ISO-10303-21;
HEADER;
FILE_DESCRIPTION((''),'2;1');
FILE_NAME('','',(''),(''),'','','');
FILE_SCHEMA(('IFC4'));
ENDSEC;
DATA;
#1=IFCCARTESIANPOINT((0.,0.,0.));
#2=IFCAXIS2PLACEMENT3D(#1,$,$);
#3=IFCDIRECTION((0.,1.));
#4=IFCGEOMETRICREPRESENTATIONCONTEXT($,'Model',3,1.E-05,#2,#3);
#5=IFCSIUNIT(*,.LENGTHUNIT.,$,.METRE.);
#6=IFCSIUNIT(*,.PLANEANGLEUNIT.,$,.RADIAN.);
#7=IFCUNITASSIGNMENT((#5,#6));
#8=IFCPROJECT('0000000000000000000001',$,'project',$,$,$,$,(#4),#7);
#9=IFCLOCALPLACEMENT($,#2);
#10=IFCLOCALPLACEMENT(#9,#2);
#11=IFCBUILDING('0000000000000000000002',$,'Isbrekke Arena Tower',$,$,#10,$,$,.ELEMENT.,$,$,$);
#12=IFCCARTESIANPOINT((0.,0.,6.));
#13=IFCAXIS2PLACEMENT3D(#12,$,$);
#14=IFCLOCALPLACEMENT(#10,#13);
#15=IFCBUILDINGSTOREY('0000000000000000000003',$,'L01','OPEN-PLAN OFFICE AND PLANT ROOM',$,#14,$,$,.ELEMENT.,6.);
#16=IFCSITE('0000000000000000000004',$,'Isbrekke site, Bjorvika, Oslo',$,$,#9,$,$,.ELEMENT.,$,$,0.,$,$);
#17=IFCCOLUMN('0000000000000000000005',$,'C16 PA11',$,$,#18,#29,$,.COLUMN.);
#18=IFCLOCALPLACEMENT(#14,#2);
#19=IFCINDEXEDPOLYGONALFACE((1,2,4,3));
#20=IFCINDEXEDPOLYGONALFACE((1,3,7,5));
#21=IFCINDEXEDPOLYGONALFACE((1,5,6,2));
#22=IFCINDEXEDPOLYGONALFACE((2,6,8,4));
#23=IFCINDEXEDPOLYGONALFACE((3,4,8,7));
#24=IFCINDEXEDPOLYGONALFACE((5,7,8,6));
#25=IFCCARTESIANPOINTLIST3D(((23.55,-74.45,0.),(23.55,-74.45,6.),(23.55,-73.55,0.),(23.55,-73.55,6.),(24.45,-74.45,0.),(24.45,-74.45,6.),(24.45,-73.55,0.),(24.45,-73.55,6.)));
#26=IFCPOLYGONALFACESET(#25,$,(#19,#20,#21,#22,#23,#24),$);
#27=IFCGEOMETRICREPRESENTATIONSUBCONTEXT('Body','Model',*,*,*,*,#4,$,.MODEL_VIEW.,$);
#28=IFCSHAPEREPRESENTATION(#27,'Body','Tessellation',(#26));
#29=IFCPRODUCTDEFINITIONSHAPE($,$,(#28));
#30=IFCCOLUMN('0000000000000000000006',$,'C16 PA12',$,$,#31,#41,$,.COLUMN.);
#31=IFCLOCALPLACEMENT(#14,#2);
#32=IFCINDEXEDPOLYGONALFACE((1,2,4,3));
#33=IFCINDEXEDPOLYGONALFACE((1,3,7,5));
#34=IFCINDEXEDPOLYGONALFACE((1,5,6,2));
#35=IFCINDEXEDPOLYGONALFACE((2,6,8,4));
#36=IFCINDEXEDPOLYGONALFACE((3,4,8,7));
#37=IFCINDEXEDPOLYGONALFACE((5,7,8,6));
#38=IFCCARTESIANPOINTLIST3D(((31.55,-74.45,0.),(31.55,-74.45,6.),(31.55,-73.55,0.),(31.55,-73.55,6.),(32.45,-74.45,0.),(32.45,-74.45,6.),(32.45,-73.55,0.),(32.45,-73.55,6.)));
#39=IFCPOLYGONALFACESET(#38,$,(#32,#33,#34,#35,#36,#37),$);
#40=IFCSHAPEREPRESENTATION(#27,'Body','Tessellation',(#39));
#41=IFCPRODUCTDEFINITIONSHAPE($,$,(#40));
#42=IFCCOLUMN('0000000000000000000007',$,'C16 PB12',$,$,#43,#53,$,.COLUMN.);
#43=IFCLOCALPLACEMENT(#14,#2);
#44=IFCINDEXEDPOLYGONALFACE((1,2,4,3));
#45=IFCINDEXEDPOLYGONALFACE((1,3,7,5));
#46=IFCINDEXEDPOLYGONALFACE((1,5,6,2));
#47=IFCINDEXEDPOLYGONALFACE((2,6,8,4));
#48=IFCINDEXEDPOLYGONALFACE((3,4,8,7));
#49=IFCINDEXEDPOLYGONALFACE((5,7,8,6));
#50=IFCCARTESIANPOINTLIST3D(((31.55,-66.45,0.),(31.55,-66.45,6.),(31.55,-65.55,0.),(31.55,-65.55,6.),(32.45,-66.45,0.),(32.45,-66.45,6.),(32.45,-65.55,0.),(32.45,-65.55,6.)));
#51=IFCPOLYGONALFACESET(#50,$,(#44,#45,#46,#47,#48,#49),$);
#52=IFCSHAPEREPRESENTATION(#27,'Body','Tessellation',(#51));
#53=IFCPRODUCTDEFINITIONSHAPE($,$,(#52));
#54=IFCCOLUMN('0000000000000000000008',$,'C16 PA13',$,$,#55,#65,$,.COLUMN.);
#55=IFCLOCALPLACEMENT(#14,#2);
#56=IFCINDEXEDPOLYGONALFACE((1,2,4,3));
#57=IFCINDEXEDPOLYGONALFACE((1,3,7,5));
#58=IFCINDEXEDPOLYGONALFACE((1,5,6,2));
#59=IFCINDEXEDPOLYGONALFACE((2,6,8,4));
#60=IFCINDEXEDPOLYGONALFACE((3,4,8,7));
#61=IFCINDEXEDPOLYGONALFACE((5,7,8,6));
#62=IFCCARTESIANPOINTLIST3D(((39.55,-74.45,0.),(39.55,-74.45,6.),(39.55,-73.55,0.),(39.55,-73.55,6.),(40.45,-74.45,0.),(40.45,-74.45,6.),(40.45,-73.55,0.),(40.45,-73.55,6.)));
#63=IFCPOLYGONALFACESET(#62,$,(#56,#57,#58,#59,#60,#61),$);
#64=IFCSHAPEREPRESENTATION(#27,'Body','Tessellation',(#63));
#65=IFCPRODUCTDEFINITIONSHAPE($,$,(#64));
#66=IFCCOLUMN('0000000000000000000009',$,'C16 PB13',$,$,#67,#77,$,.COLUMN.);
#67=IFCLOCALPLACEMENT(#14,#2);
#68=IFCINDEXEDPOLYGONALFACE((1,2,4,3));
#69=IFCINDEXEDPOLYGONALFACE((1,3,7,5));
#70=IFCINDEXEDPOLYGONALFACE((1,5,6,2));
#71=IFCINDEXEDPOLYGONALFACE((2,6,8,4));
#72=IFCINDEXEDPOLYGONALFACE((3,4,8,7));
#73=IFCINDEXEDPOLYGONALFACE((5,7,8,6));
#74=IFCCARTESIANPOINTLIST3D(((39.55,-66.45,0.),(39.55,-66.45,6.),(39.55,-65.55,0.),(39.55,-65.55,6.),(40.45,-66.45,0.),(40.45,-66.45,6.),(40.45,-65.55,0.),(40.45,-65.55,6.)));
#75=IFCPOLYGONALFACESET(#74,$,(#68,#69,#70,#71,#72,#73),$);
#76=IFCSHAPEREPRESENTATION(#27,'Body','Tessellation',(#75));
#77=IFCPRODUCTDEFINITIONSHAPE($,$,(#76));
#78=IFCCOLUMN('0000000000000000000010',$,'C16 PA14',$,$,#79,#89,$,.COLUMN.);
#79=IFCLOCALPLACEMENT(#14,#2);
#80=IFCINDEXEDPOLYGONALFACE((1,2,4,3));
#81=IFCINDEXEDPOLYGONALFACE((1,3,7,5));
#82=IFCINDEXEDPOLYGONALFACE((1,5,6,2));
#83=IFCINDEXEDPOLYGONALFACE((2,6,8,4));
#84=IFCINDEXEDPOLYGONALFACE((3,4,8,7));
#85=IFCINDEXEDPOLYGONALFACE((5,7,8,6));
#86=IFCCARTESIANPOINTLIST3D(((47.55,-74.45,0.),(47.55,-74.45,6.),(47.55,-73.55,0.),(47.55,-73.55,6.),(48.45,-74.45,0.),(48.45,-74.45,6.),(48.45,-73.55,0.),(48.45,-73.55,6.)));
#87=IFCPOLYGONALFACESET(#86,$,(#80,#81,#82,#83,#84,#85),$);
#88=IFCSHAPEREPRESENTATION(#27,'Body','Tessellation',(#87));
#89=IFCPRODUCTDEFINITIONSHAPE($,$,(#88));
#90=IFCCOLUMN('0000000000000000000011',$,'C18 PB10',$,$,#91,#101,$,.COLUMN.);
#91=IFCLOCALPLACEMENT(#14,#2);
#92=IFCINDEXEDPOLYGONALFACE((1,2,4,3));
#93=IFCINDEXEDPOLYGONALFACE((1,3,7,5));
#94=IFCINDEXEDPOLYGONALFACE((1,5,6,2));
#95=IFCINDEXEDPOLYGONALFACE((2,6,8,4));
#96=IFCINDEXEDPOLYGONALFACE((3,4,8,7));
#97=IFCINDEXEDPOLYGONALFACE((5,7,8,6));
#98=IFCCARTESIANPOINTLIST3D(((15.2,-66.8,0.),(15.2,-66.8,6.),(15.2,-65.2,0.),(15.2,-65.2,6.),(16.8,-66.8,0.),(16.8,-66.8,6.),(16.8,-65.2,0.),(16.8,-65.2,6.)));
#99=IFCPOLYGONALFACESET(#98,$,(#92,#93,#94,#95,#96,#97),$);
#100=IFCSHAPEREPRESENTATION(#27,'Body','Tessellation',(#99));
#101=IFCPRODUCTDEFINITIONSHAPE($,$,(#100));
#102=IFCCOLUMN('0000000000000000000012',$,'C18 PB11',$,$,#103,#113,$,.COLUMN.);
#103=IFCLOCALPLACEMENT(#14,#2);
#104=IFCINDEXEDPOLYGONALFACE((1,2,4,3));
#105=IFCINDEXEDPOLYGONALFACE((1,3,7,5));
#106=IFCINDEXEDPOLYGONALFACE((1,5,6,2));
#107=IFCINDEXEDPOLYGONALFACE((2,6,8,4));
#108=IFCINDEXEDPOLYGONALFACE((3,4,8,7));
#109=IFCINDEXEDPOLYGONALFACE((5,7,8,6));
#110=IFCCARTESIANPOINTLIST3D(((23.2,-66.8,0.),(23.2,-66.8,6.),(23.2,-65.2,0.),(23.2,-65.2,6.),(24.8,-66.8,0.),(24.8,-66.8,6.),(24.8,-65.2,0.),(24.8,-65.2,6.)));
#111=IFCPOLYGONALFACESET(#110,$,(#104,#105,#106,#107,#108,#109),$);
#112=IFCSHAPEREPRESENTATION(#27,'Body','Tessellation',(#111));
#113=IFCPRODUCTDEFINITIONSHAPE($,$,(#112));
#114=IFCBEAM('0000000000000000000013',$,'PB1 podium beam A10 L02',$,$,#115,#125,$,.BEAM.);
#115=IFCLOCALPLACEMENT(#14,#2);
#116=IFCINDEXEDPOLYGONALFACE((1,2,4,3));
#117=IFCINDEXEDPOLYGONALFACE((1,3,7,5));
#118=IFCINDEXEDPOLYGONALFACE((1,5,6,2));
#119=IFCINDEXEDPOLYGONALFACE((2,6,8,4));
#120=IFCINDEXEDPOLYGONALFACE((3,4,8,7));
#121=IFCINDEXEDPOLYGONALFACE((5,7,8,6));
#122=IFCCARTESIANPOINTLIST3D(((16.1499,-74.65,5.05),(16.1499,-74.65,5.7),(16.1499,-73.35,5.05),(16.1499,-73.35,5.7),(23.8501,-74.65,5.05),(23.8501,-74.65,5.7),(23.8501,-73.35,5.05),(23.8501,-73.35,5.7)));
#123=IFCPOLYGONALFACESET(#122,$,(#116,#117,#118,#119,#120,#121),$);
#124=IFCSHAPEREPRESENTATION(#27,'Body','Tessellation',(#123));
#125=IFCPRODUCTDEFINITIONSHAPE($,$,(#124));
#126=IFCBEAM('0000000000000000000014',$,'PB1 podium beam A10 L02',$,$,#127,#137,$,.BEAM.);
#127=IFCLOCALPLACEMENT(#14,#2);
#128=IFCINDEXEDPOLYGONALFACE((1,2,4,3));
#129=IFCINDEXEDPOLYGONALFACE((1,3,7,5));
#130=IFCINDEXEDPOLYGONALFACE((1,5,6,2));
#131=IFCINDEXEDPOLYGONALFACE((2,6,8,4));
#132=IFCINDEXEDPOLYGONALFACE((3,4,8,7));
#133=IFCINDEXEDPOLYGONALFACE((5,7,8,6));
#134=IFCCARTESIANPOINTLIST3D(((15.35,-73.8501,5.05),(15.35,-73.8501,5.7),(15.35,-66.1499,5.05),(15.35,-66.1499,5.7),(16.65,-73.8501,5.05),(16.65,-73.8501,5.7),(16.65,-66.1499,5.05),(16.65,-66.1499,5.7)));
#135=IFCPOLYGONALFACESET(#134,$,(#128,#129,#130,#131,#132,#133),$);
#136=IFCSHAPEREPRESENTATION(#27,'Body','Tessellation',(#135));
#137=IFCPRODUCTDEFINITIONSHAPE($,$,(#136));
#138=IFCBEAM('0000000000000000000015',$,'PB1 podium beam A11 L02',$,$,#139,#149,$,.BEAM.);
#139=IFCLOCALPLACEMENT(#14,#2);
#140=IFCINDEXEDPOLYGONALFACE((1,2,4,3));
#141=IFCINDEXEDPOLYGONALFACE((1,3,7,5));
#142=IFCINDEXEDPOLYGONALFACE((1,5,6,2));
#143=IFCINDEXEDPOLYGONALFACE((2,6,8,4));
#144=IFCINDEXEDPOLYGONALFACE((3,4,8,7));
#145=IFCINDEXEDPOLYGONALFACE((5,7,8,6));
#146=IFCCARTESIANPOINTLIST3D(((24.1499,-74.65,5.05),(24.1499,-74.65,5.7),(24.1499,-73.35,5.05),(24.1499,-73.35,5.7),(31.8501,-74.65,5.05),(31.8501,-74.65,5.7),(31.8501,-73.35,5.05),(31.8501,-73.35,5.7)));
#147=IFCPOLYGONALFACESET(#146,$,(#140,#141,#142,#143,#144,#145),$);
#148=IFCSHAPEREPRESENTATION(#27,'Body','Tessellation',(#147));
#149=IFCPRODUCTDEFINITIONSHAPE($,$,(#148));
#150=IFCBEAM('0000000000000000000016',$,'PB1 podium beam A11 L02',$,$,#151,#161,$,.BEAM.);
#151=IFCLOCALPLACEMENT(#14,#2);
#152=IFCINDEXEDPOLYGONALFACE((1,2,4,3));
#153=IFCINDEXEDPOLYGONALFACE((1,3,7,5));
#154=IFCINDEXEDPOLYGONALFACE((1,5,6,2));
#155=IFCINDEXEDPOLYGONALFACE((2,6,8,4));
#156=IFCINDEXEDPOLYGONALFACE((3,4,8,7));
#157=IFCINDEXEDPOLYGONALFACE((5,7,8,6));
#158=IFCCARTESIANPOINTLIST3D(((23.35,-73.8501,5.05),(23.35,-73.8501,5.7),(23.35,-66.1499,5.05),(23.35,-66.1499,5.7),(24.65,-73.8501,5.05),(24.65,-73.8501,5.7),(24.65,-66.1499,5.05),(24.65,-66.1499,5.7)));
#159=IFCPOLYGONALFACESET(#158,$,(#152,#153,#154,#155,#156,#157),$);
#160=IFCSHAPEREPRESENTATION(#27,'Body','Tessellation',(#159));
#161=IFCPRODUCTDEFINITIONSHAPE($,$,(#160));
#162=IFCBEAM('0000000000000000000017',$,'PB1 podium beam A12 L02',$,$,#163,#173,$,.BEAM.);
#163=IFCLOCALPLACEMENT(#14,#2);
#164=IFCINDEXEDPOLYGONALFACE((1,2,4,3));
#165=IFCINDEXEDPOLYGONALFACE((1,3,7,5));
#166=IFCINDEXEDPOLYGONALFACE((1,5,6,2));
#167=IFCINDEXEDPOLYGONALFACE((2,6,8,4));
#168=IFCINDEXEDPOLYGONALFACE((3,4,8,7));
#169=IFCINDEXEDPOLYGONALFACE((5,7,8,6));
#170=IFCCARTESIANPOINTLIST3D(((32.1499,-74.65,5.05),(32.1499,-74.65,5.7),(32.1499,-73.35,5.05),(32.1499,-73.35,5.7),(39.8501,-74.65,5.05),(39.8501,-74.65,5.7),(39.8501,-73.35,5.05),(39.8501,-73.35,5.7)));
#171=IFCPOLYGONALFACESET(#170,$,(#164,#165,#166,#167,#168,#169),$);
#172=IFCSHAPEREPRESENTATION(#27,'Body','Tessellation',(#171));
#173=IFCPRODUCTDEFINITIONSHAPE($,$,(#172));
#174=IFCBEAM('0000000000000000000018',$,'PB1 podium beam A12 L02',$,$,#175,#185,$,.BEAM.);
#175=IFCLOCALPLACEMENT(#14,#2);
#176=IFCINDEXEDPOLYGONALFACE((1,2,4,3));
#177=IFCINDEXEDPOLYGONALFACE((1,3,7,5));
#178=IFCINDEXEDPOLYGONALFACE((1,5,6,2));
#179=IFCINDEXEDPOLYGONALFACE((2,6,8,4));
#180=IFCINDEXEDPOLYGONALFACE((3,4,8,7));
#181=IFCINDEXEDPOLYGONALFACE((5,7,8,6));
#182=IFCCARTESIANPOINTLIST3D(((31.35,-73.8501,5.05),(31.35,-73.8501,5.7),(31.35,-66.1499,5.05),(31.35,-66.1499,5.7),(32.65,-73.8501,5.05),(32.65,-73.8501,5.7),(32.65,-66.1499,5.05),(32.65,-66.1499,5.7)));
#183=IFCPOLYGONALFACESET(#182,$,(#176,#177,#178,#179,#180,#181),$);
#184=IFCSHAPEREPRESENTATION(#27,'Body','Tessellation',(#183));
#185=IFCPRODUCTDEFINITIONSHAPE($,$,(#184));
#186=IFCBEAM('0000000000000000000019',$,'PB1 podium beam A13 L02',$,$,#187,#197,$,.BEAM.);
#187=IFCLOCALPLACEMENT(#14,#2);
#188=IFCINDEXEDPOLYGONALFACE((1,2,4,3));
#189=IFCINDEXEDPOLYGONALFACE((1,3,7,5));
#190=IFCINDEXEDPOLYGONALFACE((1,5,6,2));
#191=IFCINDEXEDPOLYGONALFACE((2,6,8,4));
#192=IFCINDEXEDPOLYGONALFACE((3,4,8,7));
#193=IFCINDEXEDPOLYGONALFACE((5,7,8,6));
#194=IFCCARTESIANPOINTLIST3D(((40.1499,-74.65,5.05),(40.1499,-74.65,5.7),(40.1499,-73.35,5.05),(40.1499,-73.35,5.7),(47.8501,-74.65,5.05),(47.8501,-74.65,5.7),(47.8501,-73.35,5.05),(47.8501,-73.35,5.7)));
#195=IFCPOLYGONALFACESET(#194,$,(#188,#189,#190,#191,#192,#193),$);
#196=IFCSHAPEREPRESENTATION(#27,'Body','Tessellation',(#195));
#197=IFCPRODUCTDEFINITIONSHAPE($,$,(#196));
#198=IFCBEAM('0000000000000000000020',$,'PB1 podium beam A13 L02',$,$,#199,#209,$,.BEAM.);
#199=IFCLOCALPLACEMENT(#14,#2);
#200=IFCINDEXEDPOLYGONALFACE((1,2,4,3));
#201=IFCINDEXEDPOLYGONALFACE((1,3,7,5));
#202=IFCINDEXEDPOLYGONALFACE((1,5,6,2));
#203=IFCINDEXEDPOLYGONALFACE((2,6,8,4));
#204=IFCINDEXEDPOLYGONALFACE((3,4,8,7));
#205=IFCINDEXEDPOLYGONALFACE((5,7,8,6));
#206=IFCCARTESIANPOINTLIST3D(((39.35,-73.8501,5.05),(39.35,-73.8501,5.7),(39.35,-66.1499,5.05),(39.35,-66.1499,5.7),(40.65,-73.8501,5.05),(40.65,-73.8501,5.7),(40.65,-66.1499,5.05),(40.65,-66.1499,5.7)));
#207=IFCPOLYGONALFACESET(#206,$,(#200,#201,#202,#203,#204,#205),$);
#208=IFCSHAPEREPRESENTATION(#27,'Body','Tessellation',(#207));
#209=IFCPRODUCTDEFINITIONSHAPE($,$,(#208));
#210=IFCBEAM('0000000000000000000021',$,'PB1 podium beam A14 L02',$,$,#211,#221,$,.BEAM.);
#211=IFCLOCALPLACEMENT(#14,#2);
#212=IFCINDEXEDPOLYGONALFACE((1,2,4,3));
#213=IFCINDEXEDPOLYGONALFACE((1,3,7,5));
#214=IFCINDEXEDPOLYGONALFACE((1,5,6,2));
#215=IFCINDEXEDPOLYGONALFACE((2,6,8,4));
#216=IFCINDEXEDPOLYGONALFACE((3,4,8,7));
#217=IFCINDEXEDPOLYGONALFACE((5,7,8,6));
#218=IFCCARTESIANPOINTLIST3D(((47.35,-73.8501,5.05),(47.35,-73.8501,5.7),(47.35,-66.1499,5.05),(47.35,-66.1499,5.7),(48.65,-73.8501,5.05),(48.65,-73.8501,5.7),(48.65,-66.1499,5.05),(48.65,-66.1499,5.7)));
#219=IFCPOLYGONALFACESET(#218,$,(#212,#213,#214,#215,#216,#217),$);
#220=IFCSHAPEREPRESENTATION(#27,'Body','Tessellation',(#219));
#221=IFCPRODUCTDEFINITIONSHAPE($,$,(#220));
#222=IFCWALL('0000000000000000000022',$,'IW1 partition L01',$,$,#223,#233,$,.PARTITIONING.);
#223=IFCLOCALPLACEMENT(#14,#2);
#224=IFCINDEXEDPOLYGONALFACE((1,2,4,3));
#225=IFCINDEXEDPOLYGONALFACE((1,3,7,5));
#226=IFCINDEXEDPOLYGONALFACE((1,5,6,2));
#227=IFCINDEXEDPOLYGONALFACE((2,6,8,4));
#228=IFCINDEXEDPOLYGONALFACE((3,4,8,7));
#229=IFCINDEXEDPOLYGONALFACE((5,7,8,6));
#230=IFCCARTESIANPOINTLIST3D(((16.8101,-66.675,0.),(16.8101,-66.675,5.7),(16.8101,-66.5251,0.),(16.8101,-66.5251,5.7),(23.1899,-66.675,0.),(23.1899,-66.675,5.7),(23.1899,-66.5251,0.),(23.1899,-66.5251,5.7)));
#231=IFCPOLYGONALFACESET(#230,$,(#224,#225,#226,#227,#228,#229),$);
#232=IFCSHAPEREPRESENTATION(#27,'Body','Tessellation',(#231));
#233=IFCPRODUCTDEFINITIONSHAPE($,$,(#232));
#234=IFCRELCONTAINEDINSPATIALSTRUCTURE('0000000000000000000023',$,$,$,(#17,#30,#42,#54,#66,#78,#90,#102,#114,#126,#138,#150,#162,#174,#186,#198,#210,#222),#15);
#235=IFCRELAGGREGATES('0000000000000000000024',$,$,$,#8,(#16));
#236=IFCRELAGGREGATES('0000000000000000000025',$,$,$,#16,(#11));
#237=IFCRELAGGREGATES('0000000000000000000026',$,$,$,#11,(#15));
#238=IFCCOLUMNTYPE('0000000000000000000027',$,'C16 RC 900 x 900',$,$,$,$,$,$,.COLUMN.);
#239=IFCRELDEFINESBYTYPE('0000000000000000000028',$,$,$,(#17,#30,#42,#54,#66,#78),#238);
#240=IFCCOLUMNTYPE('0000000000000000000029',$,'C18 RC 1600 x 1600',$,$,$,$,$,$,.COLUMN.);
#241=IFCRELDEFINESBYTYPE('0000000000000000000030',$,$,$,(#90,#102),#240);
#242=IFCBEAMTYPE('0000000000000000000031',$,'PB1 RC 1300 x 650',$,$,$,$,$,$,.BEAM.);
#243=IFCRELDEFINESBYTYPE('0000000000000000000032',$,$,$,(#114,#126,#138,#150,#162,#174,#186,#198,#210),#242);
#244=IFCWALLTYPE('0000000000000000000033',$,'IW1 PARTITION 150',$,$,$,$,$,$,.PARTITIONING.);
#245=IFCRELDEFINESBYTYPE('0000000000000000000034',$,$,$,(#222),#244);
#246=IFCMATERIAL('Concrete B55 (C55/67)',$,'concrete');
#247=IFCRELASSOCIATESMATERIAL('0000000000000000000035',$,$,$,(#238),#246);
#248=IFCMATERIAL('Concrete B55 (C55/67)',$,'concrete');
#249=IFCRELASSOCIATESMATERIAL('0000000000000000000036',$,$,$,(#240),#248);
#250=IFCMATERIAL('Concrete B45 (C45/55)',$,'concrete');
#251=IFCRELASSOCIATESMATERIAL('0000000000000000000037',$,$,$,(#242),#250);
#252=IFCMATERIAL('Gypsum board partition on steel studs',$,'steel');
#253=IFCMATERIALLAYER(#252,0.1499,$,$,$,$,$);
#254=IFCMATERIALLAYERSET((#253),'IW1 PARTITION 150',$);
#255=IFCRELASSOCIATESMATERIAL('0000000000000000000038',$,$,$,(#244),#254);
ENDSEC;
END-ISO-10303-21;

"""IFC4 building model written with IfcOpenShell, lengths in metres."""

from ifc_helpers import new_model, si_unit, direction, frame, frame_2d, origin, origin_2d, place, context, subcontext, project, spatial, rectangle, extrude, material, layer, layer_set, material_profile, profile_set, type_object, element, save


model = new_model("IFC4")

# Units and contexts
model_context = context("Model", 3, precision=1e-05, world=origin(), true_north=direction((0.0, 1.0)))
body_context = subcontext(model_context, "Body", "Model", "MODEL_VIEW")
ifc_project = project(units=[si_unit("LENGTHUNIT", "METRE"), si_unit("PLANEANGLEUNIT", "RADIAN")], contexts=[model_context])

# Site, building, storey
site_placement = place(None, origin())
site = spatial("IfcSite", under=ifc_project, at=site_placement, Name="Isbrekke site, Bjorvika, Oslo", CompositionType="ELEMENT", RefElevation=0.0)
building_placement = place(site_placement, origin())
building = spatial("IfcBuilding", under=site, at=building_placement, Name="Isbrekke Arena Tower", CompositionType="ELEMENT")
storey_placement = place(building_placement, frame((0.0, 0.0, 6.0)))
storey = spatial("IfcBuildingStorey", under=building, at=storey_placement, Name="L01", Description="OPEN-PLAN OFFICE AND PLANT ROOM", CompositionType="ELEMENT", Elevation=6.0)

# Columns
ifc_material_1 = material(Name="Concrete B55 (C55/67)", Category="concrete")
ifc_material_profile_1 = material_profile(ifc_material_1, rectangle(XDim=0.8999, YDim=0.8999, at=origin_2d()), Name="RC 900x900")
ifc_profile_set_1 = profile_set([ifc_material_profile_1], Name="Concrete B55 (C55/67)")
column_type_1 = type_object("IfcColumnType", Name="C16 RC 900 x 900", PredefinedType="COLUMN", material=ifc_profile_set_1)
for number, where, z_axis, x_axis, name in (
    (1, (24.0, -74.0, 0.0), (0.0, 0.0, 1.0), (1.0, 0.0, 0.0), "C16 PA11"),
    (2, (32.0, -74.0, 0.0), (0.0, 0.0, 1.0), (1.0, 0.0, 0.0), "C16 PA12"),
    (3, (32.0, -66.0, 0.0), (0.0, 0.0, 1.0), (1.0, 0.0, 0.0), "C16 PB12"),
    (4, (40.0, -74.0, 0.0), (0.0, 0.0, 1.0), (1.0, 0.0, 0.0), "C16 PA13"),
    (5, (40.0, -66.0, 0.0), (0.0, 0.0, 1.0), (1.0, 0.0, 0.0), "C16 PB13"),
    (6, (48.0, -74.0, 0.0), (0.0, 0.0, 1.0), (1.0, 0.0, 0.0), "C16 PA14"),
):
    element("IfcColumn", number, at=place(storey_placement, frame(where, z_axis=z_axis, x_axis=x_axis)), inside=storey, type_object=column_type_1, Name=name, PredefinedType="COLUMN", context=body_context, shape_type="SweptSolid", body=[
        extrude(rectangle(XDim=0.8999, YDim=0.8999, at=origin_2d()), origin(), (0.0, 0.0, 1.0), 6.0),
    ])
ifc_material_2 = material(Name="Concrete B55 (C55/67)", Category="concrete")
ifc_material_profile_2 = material_profile(ifc_material_2, rectangle(XDim=1.6001, YDim=1.6001, at=origin_2d()), Name="RC 1600x1600")
ifc_profile_set_2 = profile_set([ifc_material_profile_2], Name="Concrete B55 (C55/67)")
column_type_2 = type_object("IfcColumnType", Name="C18 RC 1600 x 1600", PredefinedType="COLUMN", material=ifc_profile_set_2)
for number, where, z_axis, x_axis, name in (
    (7, (16.0, -66.0, 0.0), (0.0, 0.0, 1.0), (1.0, 0.0, 0.0), "C18 PB10"),
    (8, (24.0, -66.0, 0.0), (0.0, 0.0, 1.0), (1.0, 0.0, 0.0), "C18 PB11"),
):
    element("IfcColumn", number, at=place(storey_placement, frame(where, z_axis=z_axis, x_axis=x_axis)), inside=storey, type_object=column_type_2, Name=name, PredefinedType="COLUMN", context=body_context, shape_type="SweptSolid", body=[
        extrude(rectangle(XDim=1.6001, YDim=1.6001, at=origin_2d()), origin(), (0.0, 0.0, 1.0), 6.0),
    ])

# Beams
ifc_material_3 = material(Name="Concrete B45 (C45/55)", Category="concrete")
ifc_material_profile_3 = material_profile(ifc_material_3, rectangle(XDim=1.3, YDim=0.6499, at=origin_2d()), Name="RC 1300x650")
ifc_profile_set_3 = profile_set([ifc_material_profile_3], Name="Concrete B45 (C45/55)")
beam_type = type_object("IfcBeamType", Name="PB1 RC 1300 x 650", PredefinedType="BEAM", material=ifc_profile_set_3)
for number, where, z_axis, x_axis, name in (
    (9, (16.1499, -74.0, 5.375), (1.0, 0.0, 0.0), (0.0, 1.0, 0.0), "PB1 podium beam A10 L02"),
    (10, (16.0, -73.8501, 5.375), (0.0, 1.0, 0.0), (-1.0, 0.0, 0.0), "PB1 podium beam A10 L02"),
    (11, (24.1499, -74.0, 5.375), (1.0, 0.0, 0.0), (0.0, 1.0, 0.0), "PB1 podium beam A11 L02"),
    (12, (24.0, -73.8501, 5.375), (0.0, 1.0, 0.0), (-1.0, 0.0, 0.0), "PB1 podium beam A11 L02"),
    (13, (32.1499, -74.0, 5.375), (1.0, 0.0, 0.0), (0.0, 1.0, 0.0), "PB1 podium beam A12 L02"),
    (14, (32.0, -73.8501, 5.375), (0.0, 1.0, 0.0), (-1.0, 0.0, 0.0), "PB1 podium beam A12 L02"),
    (15, (40.1499, -74.0, 5.375), (1.0, 0.0, 0.0), (0.0, 1.0, 0.0), "PB1 podium beam A13 L02"),
    (16, (40.0, -73.8501, 5.375), (0.0, 1.0, 0.0), (-1.0, 0.0, 0.0), "PB1 podium beam A13 L02"),
    (17, (48.0, -73.8501, 5.375), (0.0, 1.0, 0.0), (-1.0, 0.0, 0.0), "PB1 podium beam A14 L02"),
):
    element("IfcBeam", number, at=place(storey_placement, frame(where, z_axis=z_axis, x_axis=x_axis)), inside=storey, type_object=beam_type, Name=name, PredefinedType="BEAM", context=body_context, shape_type="SweptSolid", body=[
        extrude(rectangle(XDim=1.3, YDim=0.6499, at=origin_2d()), origin(), (0.0, 0.0, 1.0), 7.7002),
    ])

# Wall
ifc_material_4 = material(Name="Gypsum board partition on steel studs", Category="steel")
ifc_layer = layer(ifc_material_4, 0.1499)
ifc_layer_set = layer_set([ifc_layer], Name="IW1 PARTITION 150")
wall_type = type_object("IfcWallType", Name="IW1 PARTITION 150", PredefinedType="PARTITIONING", material=ifc_layer_set)
wall_1_placement = place(storey_placement, frame((16.8101, -66.6001, 0.0), z_axis=(0.0, 0.0, 1.0), x_axis=(1.0, 0.0, 0.0)))
element("IfcWall", 18, at=wall_1_placement, inside=storey, type_object=wall_type, Name="IW1 partition L01", PredefinedType="PARTITIONING", context=body_context, shape_type="SweptSolid", body=[
    extrude(rectangle(XDim=6.3799, YDim=0.1499, at=frame_2d((3.1899, 0.0))), origin(), (0.0, 0.0, 1.0), 5.7),
])

save(model, "model.ifc")
